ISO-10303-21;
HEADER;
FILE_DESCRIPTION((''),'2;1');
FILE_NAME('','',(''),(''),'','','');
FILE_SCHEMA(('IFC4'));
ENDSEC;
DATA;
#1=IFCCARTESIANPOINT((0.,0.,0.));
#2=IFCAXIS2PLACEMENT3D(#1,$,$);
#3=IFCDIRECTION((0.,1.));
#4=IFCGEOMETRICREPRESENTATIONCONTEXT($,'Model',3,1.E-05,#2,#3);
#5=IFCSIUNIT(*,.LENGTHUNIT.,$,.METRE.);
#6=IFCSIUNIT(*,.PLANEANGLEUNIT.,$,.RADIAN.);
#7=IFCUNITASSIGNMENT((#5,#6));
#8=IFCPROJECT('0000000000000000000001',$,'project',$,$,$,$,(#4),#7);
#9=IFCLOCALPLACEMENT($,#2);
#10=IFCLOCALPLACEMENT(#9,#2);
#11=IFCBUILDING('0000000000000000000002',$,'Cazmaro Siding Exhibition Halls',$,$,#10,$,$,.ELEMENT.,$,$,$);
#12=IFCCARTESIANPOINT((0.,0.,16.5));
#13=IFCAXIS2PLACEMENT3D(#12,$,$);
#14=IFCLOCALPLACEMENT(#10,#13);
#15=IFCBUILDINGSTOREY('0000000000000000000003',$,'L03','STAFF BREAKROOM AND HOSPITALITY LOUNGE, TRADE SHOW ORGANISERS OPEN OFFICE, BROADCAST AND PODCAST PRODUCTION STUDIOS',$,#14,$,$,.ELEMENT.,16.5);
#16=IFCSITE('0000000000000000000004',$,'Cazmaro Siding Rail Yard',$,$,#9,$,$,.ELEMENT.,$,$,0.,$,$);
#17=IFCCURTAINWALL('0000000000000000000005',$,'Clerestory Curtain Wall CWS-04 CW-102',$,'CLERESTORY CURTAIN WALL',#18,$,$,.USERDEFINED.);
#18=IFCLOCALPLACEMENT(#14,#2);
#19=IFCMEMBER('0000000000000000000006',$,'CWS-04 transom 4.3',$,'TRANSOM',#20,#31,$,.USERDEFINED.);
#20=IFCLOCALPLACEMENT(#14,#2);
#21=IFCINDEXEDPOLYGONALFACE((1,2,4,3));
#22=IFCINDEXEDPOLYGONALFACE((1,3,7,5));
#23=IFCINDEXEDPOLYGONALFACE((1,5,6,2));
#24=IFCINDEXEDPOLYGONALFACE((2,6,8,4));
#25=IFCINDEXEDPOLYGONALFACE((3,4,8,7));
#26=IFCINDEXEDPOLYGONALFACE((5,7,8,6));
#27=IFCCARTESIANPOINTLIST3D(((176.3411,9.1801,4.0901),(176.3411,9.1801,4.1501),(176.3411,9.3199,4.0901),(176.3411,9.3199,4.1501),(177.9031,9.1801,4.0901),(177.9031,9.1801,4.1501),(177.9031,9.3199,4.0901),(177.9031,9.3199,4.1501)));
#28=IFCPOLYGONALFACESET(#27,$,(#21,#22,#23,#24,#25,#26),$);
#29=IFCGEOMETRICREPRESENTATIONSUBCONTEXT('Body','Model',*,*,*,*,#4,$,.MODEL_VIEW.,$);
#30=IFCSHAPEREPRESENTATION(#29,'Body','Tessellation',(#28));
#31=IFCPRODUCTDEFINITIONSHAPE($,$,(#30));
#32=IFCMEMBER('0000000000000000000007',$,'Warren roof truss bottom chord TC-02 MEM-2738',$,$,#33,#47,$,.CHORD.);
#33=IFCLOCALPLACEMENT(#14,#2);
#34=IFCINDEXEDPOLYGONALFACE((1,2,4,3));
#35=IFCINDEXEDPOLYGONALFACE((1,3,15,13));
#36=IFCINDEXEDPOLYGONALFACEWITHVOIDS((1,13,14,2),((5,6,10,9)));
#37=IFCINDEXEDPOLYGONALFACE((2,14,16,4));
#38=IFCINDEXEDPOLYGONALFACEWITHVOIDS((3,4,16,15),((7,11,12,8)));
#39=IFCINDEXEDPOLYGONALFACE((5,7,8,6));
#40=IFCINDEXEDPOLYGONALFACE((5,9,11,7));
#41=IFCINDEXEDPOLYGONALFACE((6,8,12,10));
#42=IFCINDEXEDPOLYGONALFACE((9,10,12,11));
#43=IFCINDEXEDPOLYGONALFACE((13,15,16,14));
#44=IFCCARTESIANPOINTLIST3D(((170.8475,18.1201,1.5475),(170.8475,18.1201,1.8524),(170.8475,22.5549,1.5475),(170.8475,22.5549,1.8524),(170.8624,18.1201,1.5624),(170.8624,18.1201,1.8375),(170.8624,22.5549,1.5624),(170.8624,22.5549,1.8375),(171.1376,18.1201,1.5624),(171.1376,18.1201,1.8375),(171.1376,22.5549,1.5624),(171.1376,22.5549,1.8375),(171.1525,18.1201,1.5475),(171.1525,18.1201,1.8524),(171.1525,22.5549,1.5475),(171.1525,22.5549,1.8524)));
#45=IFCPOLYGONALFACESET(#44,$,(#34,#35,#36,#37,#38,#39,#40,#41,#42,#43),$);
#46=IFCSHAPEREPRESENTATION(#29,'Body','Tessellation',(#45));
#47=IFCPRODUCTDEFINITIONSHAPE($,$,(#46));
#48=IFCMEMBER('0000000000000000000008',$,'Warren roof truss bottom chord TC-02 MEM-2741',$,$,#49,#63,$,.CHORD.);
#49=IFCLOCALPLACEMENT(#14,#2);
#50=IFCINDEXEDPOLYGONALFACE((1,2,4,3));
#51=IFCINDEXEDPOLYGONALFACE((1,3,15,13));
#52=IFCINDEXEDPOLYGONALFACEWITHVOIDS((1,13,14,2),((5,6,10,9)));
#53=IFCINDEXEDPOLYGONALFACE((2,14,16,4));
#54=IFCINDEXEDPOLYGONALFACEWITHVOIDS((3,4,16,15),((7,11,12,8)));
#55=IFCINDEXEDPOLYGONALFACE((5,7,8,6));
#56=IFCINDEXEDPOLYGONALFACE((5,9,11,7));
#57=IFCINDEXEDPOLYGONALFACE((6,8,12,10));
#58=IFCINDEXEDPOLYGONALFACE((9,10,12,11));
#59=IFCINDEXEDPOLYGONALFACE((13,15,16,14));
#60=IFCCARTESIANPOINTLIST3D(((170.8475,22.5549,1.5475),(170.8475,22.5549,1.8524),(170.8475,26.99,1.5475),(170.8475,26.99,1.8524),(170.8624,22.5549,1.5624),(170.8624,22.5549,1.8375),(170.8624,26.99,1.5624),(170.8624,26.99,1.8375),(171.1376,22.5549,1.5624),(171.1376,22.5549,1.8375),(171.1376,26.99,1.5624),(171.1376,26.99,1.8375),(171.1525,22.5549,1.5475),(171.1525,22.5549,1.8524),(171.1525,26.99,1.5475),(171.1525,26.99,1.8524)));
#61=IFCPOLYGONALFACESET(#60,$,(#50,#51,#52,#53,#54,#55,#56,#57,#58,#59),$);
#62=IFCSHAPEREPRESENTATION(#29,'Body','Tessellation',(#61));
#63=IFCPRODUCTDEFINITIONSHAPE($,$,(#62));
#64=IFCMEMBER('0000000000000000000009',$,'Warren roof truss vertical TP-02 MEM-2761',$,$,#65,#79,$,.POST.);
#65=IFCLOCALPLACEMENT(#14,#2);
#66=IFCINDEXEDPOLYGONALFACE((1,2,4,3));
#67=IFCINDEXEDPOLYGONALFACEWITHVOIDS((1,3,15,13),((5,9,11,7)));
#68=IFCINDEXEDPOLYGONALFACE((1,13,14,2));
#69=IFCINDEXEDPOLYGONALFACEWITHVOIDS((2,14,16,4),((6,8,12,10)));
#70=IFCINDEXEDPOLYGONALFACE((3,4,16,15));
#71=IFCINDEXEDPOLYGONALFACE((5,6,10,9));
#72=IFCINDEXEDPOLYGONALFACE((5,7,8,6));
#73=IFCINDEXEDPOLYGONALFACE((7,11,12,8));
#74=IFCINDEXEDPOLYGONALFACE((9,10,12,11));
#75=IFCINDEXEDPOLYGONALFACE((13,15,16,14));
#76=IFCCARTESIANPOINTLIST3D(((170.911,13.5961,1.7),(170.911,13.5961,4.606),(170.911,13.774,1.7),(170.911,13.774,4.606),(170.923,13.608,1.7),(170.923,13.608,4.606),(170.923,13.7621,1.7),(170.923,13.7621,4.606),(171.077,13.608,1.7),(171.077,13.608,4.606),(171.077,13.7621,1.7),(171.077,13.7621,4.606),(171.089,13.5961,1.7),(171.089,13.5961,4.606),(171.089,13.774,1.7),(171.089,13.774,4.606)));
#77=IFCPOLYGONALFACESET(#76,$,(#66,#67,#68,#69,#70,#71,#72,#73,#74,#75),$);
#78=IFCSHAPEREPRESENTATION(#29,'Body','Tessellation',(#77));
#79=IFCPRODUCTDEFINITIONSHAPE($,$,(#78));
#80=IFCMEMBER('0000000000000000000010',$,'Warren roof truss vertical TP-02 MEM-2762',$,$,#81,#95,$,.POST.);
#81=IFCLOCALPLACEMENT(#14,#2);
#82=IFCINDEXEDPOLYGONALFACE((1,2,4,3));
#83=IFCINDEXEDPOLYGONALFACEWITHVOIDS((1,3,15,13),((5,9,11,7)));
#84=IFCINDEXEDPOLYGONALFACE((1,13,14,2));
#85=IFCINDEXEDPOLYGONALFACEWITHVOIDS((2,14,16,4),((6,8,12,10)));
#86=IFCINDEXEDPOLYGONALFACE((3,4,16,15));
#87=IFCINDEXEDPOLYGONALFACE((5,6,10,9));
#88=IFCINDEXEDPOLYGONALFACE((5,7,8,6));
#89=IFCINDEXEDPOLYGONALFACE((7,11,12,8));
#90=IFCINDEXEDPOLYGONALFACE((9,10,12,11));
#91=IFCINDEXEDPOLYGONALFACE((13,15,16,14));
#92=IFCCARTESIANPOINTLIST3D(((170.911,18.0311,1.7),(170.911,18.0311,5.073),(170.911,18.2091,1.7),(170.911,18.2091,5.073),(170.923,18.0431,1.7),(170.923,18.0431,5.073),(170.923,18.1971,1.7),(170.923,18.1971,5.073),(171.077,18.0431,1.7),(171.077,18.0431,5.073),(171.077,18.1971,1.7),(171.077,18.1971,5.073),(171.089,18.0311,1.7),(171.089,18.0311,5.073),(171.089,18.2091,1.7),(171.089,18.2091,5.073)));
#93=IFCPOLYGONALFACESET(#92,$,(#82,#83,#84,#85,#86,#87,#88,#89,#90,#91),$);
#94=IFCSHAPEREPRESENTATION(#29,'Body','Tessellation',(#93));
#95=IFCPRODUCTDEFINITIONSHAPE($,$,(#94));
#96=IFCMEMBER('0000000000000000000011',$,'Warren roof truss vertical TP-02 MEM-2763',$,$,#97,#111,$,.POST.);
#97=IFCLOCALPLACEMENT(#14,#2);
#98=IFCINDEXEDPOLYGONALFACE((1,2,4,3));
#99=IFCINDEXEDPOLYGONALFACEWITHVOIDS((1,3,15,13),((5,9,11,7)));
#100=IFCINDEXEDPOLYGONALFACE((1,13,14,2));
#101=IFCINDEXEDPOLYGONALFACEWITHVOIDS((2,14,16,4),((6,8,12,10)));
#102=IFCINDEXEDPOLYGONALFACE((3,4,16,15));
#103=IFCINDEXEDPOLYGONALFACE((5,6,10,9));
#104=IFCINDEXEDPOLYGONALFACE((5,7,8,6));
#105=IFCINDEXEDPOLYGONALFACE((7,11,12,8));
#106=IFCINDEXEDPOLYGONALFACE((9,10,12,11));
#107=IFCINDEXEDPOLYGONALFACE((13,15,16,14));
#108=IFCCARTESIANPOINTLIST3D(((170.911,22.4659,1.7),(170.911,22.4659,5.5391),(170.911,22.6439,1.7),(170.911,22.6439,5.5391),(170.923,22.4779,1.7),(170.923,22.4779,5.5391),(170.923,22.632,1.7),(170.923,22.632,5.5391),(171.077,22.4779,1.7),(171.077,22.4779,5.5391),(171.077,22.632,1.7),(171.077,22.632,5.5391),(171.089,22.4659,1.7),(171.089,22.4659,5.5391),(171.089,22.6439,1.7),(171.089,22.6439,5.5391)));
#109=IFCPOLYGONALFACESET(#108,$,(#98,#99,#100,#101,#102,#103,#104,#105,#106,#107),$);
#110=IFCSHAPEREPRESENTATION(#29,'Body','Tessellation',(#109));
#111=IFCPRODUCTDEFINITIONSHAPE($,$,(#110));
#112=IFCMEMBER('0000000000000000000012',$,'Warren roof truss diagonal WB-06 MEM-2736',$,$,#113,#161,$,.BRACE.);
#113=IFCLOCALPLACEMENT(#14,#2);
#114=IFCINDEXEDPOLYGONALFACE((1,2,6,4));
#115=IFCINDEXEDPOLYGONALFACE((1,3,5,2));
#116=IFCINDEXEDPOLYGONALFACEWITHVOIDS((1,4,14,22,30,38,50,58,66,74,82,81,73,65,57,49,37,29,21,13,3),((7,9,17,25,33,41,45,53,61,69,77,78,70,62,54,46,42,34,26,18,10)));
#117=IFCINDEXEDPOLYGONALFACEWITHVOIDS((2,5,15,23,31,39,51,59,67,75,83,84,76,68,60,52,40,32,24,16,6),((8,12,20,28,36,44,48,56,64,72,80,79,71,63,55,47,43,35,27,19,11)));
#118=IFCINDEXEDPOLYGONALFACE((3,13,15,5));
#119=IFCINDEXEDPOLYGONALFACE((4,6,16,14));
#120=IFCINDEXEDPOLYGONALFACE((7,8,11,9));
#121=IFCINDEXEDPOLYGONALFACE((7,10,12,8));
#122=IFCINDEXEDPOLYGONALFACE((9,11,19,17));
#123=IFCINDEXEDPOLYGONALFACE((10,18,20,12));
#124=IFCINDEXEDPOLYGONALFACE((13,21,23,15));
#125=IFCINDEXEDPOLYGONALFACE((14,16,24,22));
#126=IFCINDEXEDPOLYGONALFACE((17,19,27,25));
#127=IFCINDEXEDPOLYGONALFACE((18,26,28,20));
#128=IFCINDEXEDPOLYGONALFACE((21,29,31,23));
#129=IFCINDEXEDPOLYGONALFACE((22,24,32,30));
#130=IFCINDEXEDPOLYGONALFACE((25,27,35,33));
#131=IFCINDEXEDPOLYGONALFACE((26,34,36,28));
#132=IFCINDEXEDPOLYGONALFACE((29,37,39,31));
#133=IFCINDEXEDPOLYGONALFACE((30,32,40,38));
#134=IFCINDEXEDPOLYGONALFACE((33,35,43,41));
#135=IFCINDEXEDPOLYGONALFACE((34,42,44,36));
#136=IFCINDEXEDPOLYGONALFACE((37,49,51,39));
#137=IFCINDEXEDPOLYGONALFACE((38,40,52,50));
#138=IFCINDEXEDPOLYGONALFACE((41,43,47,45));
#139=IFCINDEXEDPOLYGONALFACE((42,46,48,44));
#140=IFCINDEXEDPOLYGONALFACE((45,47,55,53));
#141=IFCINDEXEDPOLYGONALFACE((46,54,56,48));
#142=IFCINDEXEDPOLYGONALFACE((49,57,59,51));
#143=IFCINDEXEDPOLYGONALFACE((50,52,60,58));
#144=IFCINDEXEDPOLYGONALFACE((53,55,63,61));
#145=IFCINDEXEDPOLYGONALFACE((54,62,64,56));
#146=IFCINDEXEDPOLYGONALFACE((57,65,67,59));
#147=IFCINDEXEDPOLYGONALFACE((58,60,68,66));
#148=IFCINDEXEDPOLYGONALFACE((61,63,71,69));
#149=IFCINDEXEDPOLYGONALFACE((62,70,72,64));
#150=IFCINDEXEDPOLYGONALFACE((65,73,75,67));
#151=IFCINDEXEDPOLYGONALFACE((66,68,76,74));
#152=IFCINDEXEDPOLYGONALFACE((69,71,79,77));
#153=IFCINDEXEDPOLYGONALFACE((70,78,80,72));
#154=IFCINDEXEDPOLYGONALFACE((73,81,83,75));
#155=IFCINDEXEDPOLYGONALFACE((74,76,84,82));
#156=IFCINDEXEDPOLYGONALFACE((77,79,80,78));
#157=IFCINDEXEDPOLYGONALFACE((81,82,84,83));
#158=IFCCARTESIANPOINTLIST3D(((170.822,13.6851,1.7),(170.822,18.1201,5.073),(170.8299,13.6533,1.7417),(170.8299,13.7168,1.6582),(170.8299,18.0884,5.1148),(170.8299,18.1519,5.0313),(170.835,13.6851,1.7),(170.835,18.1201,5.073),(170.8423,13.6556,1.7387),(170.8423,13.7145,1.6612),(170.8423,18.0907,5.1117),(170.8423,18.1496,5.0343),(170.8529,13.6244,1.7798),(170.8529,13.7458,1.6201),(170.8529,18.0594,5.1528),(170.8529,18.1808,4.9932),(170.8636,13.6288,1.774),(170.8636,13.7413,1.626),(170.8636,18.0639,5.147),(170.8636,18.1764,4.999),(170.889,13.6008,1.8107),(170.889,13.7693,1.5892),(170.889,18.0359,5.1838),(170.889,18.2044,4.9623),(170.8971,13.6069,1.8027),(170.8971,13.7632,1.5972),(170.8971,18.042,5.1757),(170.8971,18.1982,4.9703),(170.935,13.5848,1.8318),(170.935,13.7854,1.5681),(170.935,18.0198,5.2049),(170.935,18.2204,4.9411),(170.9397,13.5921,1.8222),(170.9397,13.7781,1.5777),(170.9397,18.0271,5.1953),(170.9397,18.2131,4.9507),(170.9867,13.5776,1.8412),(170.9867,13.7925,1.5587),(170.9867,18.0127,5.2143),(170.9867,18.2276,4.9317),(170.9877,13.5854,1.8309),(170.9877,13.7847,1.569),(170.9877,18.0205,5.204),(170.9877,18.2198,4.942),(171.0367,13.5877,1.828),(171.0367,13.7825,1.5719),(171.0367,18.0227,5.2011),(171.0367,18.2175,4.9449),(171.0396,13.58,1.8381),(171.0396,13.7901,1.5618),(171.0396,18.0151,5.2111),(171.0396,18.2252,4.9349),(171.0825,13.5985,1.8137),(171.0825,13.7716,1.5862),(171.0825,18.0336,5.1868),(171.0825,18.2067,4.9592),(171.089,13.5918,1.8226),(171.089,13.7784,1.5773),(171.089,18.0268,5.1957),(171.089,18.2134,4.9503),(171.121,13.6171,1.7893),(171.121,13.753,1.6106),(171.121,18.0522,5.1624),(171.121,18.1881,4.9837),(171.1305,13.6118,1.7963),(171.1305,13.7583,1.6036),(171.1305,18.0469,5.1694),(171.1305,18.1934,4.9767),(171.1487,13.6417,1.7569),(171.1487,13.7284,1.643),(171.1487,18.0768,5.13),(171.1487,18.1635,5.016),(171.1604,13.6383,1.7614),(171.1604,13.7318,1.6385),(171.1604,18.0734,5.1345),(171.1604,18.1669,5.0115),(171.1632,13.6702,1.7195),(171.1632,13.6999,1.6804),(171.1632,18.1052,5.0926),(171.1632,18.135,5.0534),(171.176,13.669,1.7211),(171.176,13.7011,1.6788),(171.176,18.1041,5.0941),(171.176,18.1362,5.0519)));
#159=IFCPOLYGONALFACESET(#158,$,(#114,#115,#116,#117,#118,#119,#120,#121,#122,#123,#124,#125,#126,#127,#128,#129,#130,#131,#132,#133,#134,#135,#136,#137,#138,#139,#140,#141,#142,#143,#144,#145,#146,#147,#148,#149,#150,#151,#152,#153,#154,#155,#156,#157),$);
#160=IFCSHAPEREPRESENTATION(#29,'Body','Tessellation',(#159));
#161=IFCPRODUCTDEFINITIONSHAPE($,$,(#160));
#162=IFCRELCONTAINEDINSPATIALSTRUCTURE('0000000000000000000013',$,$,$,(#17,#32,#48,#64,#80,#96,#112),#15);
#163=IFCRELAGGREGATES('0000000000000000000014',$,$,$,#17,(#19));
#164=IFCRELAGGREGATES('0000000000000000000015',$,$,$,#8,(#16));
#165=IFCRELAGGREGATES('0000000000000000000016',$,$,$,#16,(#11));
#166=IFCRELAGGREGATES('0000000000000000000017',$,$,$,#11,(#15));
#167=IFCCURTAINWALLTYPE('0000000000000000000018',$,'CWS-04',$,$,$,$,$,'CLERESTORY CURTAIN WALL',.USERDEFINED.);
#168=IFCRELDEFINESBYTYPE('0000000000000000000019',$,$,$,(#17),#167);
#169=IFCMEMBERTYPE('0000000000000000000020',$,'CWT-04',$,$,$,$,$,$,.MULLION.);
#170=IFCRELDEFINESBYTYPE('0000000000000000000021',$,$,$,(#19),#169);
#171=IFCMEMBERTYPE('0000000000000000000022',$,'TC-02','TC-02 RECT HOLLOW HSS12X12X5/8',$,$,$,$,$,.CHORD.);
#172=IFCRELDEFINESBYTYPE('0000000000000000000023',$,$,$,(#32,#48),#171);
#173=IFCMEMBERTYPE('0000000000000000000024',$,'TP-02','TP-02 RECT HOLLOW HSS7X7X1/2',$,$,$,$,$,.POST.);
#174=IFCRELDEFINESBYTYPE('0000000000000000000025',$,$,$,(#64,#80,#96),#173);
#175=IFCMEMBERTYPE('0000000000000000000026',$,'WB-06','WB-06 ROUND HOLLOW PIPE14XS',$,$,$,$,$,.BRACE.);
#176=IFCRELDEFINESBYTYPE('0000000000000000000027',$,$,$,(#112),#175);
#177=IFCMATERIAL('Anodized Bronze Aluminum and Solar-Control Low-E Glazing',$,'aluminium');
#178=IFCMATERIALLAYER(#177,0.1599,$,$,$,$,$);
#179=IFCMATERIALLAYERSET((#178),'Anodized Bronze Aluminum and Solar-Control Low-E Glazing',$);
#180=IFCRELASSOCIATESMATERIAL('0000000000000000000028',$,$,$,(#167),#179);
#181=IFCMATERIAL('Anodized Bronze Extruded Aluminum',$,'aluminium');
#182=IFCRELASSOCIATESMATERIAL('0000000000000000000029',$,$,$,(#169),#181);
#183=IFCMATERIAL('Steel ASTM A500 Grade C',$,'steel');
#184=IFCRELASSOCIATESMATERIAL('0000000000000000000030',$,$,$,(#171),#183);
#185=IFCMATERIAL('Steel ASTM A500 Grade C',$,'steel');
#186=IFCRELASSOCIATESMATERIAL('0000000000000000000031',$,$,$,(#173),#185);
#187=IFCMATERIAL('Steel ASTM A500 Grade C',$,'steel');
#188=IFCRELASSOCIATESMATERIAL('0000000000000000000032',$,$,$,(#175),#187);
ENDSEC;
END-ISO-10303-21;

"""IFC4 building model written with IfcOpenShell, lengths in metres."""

from ifc_helpers import new_model, si_unit, direction, frame, origin, origin_2d, place, context, subcontext, project, spatial, rectangle, hollow_rectangle, hollow_circle, extrude, material, layer, layer_set, material_profile, profile_set, type_object, element, aggregate, save


model = new_model("IFC4")

# Units and contexts
model_context = context("Model", 3, precision=1e-05, world=origin(), true_north=direction((0.0, 1.0)))
body_context = subcontext(model_context, "Body", "Model", "MODEL_VIEW")
ifc_project = project(units=[si_unit("LENGTHUNIT", "METRE"), si_unit("PLANEANGLEUNIT", "RADIAN")], contexts=[model_context])

# Site, building, storey
site_placement = place(None, origin())
site = spatial("IfcSite", under=ifc_project, at=site_placement, Name="Cazmaro Siding Rail Yard", CompositionType="ELEMENT", RefElevation=0.0)
building_placement = place(site_placement, origin())
building = spatial("IfcBuilding", under=site, at=building_placement, Name="Cazmaro Siding Exhibition Halls", CompositionType="ELEMENT")
storey_placement = place(building_placement, frame((0.0, 0.0, 16.5)))
storey = spatial("IfcBuildingStorey", under=building, at=storey_placement, Name="L03", Description="STAFF BREAKROOM AND HOSPITALITY LOUNGE, TRADE SHOW ORGANISERS OPEN OFFICE, BROADCAST AND PODCAST PRODUCTION STUDIOS", CompositionType="ELEMENT", Elevation=16.5)

# Curtain wall, member
ifc_material_1 = material(Name="Anodized Bronze Aluminum and Solar-Control Low-E Glazing", Category="aluminium")
ifc_layer_1 = layer(ifc_material_1, 0.1599)
ifc_layer_set_1 = layer_set([ifc_layer_1], Name="Anodized Bronze Aluminum and Solar-Control Low-E Glazing")
curtain_wall_type = type_object("IfcCurtainWallType", Name="CWS-04", ElementType="CLERESTORY CURTAIN WALL", PredefinedType="USERDEFINED", material=ifc_layer_set_1)
curtain_wall_placement = place(storey_placement, origin())
curtain_wall = element("IfcCurtainWall", 1, at=curtain_wall_placement, inside=storey, type_object=curtain_wall_type, Name="Clerestory Curtain Wall CWS-04 CW-102", ObjectType="CLERESTORY CURTAIN WALL", PredefinedType="USERDEFINED")
ifc_material_2 = material(Name="Anodized Bronze Extruded Aluminum", Category="aluminium")
ifc_material_profile_1 = material_profile(ifc_material_2, rectangle(XDim=0.1399, YDim=0.0601, at=origin_2d()), Name="CWT-04")
ifc_profile_set_1 = profile_set([ifc_material_profile_1], Name="Anodized Bronze Extruded Aluminum")
member_type_1 = type_object("IfcMemberType", Name="CWT-04", PredefinedType="MULLION", material=ifc_profile_set_1)
member_1_placement = place(storey_placement, frame((176.3411, 9.25, 4.1201), z_axis=(1.0, 0.0, 0.0), x_axis=(0.0, 1.0, 0.0)))
member_1 = element("IfcMember", 2, at=member_1_placement, type_object=member_type_1, Name="CWS-04 transom 4.3", ObjectType="TRANSOM", PredefinedType="USERDEFINED", context=body_context, shape_type="SweptSolid", body=[
    extrude(rectangle(XDim=0.1399, YDim=0.0601, at=origin_2d()), origin(), (0.0, 0.0, 1.0), 1.562),
])

# Members
ifc_material_3 = material(Name="Steel ASTM A500 Grade C", Category="steel")
ifc_material_profile_2 = material_profile(ifc_material_3, hollow_rectangle(XDim=0.3049, YDim=0.3049, WallThickness=0.0149, at=origin_2d()), Name="HSS12X12X5/8")
ifc_profile_set_2 = profile_set([ifc_material_profile_2], Name="Steel ASTM A500 Grade C")
member_type_2 = type_object("IfcMemberType", Name="TC-02", Description="TC-02 RECT HOLLOW HSS12X12X5/8", PredefinedType="CHORD", material=ifc_profile_set_2)
member_2_placement = place(storey_placement, frame((171.0, 18.1201, 1.7), z_axis=(0.0, 1.0, 0.0), x_axis=(-1.0, 0.0, 0.0)))
element("IfcMember", 3, at=member_2_placement, inside=storey, type_object=member_type_2, Name="Warren roof truss bottom chord TC-02 MEM-2738", PredefinedType="CHORD", context=body_context, shape_type="SweptSolid", body=[
    extrude(hollow_rectangle(XDim=0.3049, YDim=0.3049, WallThickness=0.0149, at=origin_2d()), origin(), (0.0, 0.0, 1.0), 4.4348),
])
member_3_placement = place(storey_placement, frame((171.0, 22.5549, 1.7), z_axis=(0.0, 1.0, 0.0), x_axis=(-1.0, 0.0, 0.0)))
element("IfcMember", 4, at=member_3_placement, inside=storey, type_object=member_type_2, Name="Warren roof truss bottom chord TC-02 MEM-2741", PredefinedType="CHORD", context=body_context, shape_type="SweptSolid", body=[
    extrude(hollow_rectangle(XDim=0.3049, YDim=0.3049, WallThickness=0.0149, at=origin_2d()), origin(), (0.0, 0.0, 1.0), 4.4351),
])
ifc_material_4 = material(Name="Steel ASTM A500 Grade C", Category="steel")
ifc_material_profile_3 = material_profile(ifc_material_4, hollow_rectangle(XDim=0.178, YDim=0.178, WallThickness=0.012, at=origin_2d()), Name="HSS7X7X1/2")
ifc_profile_set_3 = profile_set([ifc_material_profile_3], Name="Steel ASTM A500 Grade C")
member_type_3 = type_object("IfcMemberType", Name="TP-02", Description="TP-02 RECT HOLLOW HSS7X7X1/2", PredefinedType="POST", material=ifc_profile_set_3)
member_4_placement = place(storey_placement, frame((171.0, 13.6851, 1.7), z_axis=(0.0, 0.0, 1.0), x_axis=(1.0, 0.0, 0.0)))
element("IfcMember", 5, at=member_4_placement, inside=storey, type_object=member_type_3, Name="Warren roof truss vertical TP-02 MEM-2761", PredefinedType="POST", context=body_context, shape_type="SweptSolid", body=[
    extrude(hollow_rectangle(XDim=0.178, YDim=0.178, WallThickness=0.012, at=origin_2d()), origin(), (0.0, 0.0, 1.0), 2.906),
])
member_5_placement = place(storey_placement, frame((171.0, 18.1201, 1.7), z_axis=(0.0, 0.0, 1.0), x_axis=(1.0, 0.0, 0.0)))
element("IfcMember", 6, at=member_5_placement, inside=storey, type_object=member_type_3, Name="Warren roof truss vertical TP-02 MEM-2762", PredefinedType="POST", context=body_context, shape_type="SweptSolid", body=[
    extrude(hollow_rectangle(XDim=0.178, YDim=0.178, WallThickness=0.012, at=origin_2d()), origin(), (0.0, 0.0, 1.0), 3.373),
])
member_6_placement = place(storey_placement, frame((171.0, 22.5549, 1.7), z_axis=(0.0, 0.0, 1.0), x_axis=(1.0, 0.0, 0.0)))
element("IfcMember", 7, at=member_6_placement, inside=storey, type_object=member_type_3, Name="Warren roof truss vertical TP-02 MEM-2763", PredefinedType="POST", context=body_context, shape_type="SweptSolid", body=[
    extrude(hollow_rectangle(XDim=0.178, YDim=0.178, WallThickness=0.012, at=origin_2d()), origin(), (0.0, 0.0, 1.0), 3.8391),
])
ifc_material_5 = material(Name="Steel ASTM A500 Grade C", Category="steel")
ifc_material_profile_4 = material_profile(ifc_material_5, hollow_circle(Radius=0.178, WallThickness=0.0129, at=origin_2d()), Name="PIPE14XS")
ifc_profile_set_4 = profile_set([ifc_material_profile_4], Name="Steel ASTM A500 Grade C")
member_type_4 = type_object("IfcMemberType", Name="WB-06", Description="WB-06 ROUND HOLLOW PIPE14XS", PredefinedType="BRACE", material=ifc_profile_set_4)
member_7_placement = place(storey_placement, frame((171.0, 13.6851, 1.7), z_axis=(0.0, 0.795954, 0.605357), x_axis=(-1.0, 0.0, 0.0)))
element("IfcMember", 8, at=member_7_placement, inside=storey, type_object=member_type_4, Name="Warren roof truss diagonal WB-06 MEM-2736", PredefinedType="BRACE", context=body_context, shape_type="SweptSolid", body=[
    extrude(hollow_circle(Radius=0.178, WallThickness=0.0129, at=origin_2d()), origin(), (0.0, 0.0, 1.0), 5.572),
])

aggregate(curtain_wall, [member_1])

save(model, "model.ifc")
